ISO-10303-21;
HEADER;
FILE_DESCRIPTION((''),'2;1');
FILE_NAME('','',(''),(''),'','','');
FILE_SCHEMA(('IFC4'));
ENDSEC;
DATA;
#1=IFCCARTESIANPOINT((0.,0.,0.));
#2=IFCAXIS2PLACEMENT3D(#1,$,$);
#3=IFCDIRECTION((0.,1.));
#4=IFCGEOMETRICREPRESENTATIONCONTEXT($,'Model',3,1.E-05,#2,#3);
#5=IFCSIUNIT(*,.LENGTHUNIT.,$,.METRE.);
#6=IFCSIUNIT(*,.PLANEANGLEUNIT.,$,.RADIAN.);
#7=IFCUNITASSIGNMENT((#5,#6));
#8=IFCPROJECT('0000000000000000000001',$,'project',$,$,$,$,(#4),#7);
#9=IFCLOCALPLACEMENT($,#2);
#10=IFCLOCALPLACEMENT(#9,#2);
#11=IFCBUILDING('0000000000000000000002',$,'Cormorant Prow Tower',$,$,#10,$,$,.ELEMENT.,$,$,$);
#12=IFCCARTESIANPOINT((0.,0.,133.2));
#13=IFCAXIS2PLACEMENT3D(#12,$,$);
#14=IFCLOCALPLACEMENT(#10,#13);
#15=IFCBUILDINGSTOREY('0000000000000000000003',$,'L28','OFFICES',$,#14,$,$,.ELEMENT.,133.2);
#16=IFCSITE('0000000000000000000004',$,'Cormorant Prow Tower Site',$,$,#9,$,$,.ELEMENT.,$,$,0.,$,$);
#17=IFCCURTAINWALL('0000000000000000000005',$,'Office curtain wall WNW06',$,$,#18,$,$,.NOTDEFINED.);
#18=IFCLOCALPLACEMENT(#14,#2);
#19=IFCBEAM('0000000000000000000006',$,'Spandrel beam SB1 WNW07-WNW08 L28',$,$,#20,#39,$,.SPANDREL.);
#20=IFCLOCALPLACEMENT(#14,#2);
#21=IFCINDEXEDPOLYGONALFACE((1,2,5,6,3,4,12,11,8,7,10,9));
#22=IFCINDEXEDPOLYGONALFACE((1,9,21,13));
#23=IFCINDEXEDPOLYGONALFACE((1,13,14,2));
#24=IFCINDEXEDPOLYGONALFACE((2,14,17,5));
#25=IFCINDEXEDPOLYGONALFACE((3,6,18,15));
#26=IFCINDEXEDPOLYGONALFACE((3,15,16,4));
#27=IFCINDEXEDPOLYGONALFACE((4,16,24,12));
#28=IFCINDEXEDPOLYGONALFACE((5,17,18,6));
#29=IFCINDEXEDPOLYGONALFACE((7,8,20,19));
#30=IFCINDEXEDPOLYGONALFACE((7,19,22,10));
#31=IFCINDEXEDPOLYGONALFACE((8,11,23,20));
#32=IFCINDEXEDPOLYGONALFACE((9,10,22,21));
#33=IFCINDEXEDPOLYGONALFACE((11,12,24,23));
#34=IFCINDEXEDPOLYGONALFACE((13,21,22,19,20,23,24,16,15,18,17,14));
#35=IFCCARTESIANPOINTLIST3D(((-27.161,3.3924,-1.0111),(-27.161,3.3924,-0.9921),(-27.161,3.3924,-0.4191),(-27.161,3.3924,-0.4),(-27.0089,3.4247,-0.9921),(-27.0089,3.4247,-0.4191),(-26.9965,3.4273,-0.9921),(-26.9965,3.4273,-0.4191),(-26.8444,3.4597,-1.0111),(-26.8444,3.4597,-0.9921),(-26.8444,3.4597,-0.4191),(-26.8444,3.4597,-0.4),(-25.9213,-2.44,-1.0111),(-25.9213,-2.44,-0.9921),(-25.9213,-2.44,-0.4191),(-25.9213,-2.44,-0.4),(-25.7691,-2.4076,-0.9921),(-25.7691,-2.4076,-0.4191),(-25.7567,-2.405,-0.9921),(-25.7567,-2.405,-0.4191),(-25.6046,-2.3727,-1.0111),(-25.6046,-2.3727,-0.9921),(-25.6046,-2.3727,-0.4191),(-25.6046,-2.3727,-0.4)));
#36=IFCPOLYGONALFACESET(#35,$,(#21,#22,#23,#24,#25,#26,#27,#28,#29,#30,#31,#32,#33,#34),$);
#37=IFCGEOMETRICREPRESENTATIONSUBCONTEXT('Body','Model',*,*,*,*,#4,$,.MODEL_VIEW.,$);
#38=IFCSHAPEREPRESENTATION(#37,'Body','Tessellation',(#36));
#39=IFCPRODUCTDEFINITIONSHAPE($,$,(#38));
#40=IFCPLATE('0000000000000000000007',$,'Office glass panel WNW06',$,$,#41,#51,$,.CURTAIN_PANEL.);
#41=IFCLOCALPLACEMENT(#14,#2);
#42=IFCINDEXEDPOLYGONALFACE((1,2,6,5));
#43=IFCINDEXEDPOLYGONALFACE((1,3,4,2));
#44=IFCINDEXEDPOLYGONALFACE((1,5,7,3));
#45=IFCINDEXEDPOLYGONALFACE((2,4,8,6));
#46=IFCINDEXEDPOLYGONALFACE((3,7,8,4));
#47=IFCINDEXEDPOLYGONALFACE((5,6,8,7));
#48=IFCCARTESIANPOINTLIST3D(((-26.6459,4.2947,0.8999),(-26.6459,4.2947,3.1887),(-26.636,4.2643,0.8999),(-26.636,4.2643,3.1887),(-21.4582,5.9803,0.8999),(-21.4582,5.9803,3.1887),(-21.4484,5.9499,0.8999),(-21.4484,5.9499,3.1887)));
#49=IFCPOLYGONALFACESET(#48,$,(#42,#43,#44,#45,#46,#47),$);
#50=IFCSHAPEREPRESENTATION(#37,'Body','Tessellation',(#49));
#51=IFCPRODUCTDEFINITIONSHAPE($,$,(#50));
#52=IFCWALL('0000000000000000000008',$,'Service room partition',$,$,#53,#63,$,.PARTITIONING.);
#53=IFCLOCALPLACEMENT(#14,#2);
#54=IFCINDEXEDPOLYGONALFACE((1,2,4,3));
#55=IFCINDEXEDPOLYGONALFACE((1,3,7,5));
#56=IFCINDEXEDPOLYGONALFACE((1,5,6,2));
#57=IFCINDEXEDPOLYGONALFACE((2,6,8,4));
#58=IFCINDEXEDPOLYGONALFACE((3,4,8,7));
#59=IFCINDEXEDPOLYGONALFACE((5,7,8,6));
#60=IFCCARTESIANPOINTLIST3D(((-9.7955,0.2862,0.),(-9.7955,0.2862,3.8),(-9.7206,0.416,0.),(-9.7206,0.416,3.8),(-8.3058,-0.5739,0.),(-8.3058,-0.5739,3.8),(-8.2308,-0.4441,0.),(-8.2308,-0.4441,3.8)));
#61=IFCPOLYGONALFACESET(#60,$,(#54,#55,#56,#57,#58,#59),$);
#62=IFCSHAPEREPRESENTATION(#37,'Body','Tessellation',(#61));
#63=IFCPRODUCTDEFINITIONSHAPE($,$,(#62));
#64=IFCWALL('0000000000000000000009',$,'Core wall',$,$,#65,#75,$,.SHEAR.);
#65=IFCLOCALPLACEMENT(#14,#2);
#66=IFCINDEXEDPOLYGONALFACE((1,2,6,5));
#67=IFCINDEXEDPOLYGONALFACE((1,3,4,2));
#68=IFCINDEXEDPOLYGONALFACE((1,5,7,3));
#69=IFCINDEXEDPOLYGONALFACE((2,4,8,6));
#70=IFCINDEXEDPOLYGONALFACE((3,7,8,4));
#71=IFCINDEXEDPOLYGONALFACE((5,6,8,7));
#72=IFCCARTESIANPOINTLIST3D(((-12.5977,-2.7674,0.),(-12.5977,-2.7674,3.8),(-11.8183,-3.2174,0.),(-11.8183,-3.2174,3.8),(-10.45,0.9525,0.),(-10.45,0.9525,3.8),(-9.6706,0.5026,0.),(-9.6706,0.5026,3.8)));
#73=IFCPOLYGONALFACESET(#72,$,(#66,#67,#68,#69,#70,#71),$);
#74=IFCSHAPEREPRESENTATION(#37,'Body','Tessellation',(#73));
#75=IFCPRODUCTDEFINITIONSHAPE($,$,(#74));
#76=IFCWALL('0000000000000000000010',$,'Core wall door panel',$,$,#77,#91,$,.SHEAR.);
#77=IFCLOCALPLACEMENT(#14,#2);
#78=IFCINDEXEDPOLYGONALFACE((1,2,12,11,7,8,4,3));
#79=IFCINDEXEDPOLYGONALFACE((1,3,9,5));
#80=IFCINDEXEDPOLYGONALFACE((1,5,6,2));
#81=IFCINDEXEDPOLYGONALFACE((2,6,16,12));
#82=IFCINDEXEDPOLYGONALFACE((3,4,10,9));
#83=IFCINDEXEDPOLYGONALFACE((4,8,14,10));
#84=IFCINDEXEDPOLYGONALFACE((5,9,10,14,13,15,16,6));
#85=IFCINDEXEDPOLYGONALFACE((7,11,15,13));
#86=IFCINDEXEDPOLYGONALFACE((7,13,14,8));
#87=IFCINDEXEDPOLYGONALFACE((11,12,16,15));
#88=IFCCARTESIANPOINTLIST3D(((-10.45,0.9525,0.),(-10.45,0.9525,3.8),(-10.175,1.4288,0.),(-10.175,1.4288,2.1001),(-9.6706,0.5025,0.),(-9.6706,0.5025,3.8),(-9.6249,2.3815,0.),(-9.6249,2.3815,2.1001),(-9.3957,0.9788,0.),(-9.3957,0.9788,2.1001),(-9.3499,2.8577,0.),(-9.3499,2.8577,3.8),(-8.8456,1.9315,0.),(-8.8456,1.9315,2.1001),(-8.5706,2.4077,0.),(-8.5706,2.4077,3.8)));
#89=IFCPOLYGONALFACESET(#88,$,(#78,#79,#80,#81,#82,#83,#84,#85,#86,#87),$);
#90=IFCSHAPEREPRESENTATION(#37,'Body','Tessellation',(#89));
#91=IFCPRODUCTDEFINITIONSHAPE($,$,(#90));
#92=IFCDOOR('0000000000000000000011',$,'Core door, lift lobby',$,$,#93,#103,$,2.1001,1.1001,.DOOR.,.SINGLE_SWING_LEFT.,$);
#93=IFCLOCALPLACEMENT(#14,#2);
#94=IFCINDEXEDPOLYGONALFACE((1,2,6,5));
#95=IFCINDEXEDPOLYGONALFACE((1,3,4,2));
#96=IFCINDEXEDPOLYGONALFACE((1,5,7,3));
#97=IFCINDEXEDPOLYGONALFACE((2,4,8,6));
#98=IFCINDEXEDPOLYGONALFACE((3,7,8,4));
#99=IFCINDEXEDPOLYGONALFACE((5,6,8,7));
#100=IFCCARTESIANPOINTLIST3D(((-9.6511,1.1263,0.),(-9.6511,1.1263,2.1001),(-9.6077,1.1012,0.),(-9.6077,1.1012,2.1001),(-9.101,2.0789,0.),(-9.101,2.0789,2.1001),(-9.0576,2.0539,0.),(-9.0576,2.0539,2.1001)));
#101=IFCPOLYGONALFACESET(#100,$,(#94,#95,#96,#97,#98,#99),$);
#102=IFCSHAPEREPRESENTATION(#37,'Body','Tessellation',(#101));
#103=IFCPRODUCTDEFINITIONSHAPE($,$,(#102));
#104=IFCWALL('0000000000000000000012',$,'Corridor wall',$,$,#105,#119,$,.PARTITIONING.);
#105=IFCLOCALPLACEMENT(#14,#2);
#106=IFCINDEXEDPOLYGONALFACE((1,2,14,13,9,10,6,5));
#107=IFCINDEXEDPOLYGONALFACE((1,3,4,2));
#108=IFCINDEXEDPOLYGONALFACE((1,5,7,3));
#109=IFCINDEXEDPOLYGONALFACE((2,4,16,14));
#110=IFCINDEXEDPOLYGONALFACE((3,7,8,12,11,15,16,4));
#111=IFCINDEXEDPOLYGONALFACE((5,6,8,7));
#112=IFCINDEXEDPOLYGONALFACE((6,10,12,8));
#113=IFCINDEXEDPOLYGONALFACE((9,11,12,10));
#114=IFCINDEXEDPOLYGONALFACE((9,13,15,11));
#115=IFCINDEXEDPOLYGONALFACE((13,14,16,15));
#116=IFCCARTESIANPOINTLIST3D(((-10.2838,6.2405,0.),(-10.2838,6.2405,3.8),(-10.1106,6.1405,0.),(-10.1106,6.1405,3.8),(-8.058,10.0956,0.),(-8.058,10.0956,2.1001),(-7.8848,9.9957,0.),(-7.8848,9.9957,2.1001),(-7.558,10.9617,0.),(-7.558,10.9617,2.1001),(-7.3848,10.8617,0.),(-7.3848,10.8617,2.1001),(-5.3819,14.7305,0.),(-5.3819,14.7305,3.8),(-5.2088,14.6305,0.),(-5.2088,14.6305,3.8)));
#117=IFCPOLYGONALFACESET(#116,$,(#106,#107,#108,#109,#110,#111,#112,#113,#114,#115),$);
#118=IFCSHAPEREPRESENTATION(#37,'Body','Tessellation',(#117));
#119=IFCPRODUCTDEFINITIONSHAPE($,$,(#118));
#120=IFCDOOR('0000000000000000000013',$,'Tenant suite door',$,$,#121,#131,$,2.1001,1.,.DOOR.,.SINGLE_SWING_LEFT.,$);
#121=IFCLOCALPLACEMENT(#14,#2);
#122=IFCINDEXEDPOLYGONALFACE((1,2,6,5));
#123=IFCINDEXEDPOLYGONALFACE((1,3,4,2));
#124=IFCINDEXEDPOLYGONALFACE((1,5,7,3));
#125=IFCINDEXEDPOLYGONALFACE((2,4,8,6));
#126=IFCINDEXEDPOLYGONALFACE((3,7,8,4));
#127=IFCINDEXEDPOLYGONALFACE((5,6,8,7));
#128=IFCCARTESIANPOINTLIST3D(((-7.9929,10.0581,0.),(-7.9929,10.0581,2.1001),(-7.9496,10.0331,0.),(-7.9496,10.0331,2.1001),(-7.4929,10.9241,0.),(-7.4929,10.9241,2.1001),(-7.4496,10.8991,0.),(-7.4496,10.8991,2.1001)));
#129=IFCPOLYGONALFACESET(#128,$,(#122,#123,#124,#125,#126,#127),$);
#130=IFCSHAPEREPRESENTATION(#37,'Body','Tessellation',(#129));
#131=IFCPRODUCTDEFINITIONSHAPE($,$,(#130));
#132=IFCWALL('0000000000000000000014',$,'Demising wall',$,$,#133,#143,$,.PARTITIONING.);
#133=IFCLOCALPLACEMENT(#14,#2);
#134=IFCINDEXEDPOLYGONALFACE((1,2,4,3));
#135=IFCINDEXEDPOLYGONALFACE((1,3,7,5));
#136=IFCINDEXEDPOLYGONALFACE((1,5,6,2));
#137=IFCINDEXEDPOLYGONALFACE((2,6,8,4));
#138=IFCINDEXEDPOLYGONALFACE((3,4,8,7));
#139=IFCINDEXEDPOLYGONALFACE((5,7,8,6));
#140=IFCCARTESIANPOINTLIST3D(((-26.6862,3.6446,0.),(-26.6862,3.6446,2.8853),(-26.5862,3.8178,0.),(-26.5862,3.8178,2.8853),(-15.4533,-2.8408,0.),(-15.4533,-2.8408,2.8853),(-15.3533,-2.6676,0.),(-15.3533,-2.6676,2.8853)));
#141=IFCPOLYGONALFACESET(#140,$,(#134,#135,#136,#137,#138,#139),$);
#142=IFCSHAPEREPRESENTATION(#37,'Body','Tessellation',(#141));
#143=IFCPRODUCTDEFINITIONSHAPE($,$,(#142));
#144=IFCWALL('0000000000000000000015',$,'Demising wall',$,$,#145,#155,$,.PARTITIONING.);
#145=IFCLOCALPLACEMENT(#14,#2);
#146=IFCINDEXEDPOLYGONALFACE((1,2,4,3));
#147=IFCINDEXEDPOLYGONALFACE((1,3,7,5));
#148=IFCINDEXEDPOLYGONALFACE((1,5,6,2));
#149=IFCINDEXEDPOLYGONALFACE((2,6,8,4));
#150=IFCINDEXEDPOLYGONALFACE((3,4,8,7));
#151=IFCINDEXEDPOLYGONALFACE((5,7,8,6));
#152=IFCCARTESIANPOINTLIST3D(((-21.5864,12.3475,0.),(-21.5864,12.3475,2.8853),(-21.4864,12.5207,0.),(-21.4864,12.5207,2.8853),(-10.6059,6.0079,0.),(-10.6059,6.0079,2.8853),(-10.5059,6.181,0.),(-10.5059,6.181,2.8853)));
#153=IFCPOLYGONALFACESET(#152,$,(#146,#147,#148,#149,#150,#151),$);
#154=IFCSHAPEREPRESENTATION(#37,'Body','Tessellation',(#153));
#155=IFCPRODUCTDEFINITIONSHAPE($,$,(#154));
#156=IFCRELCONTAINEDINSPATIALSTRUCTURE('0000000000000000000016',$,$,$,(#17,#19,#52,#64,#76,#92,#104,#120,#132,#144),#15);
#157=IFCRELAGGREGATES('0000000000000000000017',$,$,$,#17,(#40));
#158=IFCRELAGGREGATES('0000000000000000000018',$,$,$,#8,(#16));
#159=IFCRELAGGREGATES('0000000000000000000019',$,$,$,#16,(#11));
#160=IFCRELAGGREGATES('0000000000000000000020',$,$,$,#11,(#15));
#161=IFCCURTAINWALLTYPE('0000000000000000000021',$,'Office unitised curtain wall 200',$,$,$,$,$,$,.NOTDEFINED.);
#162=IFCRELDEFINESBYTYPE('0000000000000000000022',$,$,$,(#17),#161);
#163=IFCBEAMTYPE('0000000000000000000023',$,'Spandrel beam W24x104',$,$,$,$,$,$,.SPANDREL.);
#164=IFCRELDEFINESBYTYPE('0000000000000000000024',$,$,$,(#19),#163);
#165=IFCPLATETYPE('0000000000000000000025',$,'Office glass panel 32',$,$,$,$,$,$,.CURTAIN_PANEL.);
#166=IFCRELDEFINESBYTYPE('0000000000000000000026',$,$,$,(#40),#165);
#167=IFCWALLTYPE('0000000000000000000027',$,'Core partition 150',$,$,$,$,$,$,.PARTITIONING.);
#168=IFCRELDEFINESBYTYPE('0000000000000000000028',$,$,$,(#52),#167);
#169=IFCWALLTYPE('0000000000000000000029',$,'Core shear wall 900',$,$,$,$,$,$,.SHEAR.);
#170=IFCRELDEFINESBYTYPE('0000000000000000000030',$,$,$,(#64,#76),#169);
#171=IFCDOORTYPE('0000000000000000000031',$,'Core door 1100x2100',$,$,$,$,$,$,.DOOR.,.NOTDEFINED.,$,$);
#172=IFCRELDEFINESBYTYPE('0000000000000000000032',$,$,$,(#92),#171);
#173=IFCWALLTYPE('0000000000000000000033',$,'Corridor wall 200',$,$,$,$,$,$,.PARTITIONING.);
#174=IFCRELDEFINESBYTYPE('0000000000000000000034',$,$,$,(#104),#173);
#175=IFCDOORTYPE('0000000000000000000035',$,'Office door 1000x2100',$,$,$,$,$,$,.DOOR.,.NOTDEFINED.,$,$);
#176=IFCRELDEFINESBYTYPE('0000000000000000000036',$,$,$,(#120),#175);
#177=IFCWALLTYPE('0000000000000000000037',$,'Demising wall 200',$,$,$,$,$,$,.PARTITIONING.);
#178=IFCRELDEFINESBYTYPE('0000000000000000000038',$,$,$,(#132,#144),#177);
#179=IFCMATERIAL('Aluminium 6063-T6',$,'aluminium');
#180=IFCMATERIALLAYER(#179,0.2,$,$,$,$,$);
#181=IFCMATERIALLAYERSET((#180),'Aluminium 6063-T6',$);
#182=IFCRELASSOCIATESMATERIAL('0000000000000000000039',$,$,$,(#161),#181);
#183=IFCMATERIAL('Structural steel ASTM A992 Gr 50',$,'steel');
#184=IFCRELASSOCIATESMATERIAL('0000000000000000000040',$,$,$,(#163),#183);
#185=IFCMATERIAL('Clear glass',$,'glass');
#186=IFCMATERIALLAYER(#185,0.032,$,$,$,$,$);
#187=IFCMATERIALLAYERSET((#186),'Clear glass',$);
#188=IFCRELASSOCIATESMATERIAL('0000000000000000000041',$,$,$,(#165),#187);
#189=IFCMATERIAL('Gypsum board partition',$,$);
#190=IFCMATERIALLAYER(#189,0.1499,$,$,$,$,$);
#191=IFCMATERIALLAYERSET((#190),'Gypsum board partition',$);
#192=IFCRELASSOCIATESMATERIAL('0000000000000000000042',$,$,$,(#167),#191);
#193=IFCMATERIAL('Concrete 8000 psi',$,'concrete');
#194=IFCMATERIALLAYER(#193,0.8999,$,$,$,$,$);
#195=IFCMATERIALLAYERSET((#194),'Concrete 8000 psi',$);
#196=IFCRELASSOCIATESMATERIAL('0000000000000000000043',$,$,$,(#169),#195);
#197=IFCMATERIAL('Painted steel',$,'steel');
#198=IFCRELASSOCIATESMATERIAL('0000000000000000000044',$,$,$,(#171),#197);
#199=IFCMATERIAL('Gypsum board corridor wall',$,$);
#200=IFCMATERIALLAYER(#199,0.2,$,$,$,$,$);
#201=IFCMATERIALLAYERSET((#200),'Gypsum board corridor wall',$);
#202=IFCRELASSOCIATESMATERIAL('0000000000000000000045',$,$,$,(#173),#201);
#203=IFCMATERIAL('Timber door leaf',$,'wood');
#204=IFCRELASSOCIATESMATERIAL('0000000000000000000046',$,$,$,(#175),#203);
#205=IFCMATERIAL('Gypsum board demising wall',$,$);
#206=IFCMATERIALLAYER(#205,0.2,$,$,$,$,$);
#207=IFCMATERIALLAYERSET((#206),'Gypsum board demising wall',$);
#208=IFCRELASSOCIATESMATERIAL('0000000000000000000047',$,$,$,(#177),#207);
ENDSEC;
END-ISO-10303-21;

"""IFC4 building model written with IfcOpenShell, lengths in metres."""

from ifc_helpers import new_model, si_unit, direction, frame, frame_2d, origin, origin_2d, place, context, subcontext, project, spatial, rectangle, i_section, extrude, material, layer, layer_set, material_profile, profile_set, type_object, element, fill, aggregate, save


model = new_model("IFC4")

# Units and contexts
model_context = context("Model", 3, precision=1e-05, world=origin(), true_north=direction((0.0, 1.0)))
body_context = subcontext(model_context, "Body", "Model", "MODEL_VIEW")
ifc_project = project(units=[si_unit("LENGTHUNIT", "METRE"), si_unit("PLANEANGLEUNIT", "RADIAN")], contexts=[model_context])

# Site, building, storey
site_placement = place(None, origin())
site = spatial("IfcSite", under=ifc_project, at=site_placement, Name="Cormorant Prow Tower Site", CompositionType="ELEMENT", RefElevation=0.0)
building_placement = place(site_placement, origin())
building = spatial("IfcBuilding", under=site, at=building_placement, Name="Cormorant Prow Tower", CompositionType="ELEMENT")
storey_placement = place(building_placement, frame((0.0, 0.0, 133.2)))
storey = spatial("IfcBuildingStorey", under=building, at=storey_placement, Name="L28", Description="OFFICES", CompositionType="ELEMENT", Elevation=133.2)

# Curtain wall
ifc_material_1 = material(Name="Aluminium 6063-T6", Category="aluminium")
ifc_layer_1 = layer(ifc_material_1, 0.2)
ifc_layer_set_1 = layer_set([ifc_layer_1], Name="Aluminium 6063-T6")
curtain_wall_type = type_object("IfcCurtainWallType", Name="Office unitised curtain wall 200", PredefinedType="NOTDEFINED", material=ifc_layer_set_1)
curtain_wall_placement = place(storey_placement, origin())
curtain_wall = element("IfcCurtainWall", 1, at=curtain_wall_placement, inside=storey, type_object=curtain_wall_type, Name="Office curtain wall WNW06", PredefinedType="NOTDEFINED")

# Beam
ifc_material_2 = material(Name="Structural steel ASTM A992 Gr 50", Category="steel")
ifc_material_profile_1 = material_profile(ifc_material_2, i_section(OverallWidth=0.3237, OverallDepth=0.6111, WebThickness=0.0127, FlangeThickness=0.019, at=origin_2d()), Name="W24x104")
ifc_profile_set_1 = profile_set([ifc_material_profile_1], Name="Structural steel ASTM A992 Gr 50")
beam_type_1 = type_object("IfcBeamType", Name="Spandrel beam W24x104", PredefinedType="SPANDREL", material=ifc_profile_set_1)
beam_1_placement = place(storey_placement, frame((-27.0027, 3.426, -0.7056), z_axis=(0.207921, -0.978146, 0.0), x_axis=(0.978146, 0.207921, 0.0)))
element("IfcBeam", 2, at=beam_1_placement, inside=storey, type_object=beam_type_1, Name="Spandrel beam SB1 WNW07-WNW08 L28", PredefinedType="SPANDREL", context=body_context, shape_type="SweptSolid", body=[
    extrude(i_section(OverallWidth=0.3237, OverallDepth=0.6111, WebThickness=0.0127, FlangeThickness=0.019, at=origin_2d()), origin(), (0.0, 0.0, 1.0), 5.9626),
])

# Plate
ifc_material_3 = material(Name="Clear glass", Category="glass")
ifc_layer_2 = layer(ifc_material_3, 0.032)
ifc_layer_set_2 = layer_set([ifc_layer_2], Name="Clear glass")
plate_type = type_object("IfcPlateType", Name="Office glass panel 32", PredefinedType="CURTAIN_PANEL", material=ifc_layer_set_2)
plate_placement = place(storey_placement, frame((-24.0471, 5.1223, 0.8999), z_axis=(0.0, 0.0, 1.0), x_axis=(-0.951056, -0.309017, 0.0)))
plate = element("IfcPlate", 3, at=plate_placement, type_object=plate_type, Name="Office glass panel WNW06", PredefinedType="CURTAIN_PANEL", context=body_context, shape_type="SweptSolid", body=[
    extrude(rectangle(XDim=5.4546, YDim=0.032, at=origin_2d()), origin(), (0.0, 0.0, 1.0), 2.2888),
])
aggregate(curtain_wall, [plate])

# Walls
ifc_material_4 = material(Name="Gypsum board partition")
ifc_layer_3 = layer(ifc_material_4, 0.1499)
ifc_layer_set_3 = layer_set([ifc_layer_3], Name="Gypsum board partition")
wall_type_1 = type_object("IfcWallType", Name="Core partition 150", PredefinedType="PARTITIONING", material=ifc_layer_set_3)
wall_1_placement = place(storey_placement, frame((-8.2683, -0.509, 0.0), z_axis=(0.0, 0.0, 1.0), x_axis=(-0.866025, 0.500001, 0.0)))
element("IfcWall", 4, at=wall_1_placement, inside=storey, type_object=wall_type_1, Name="Service room partition", PredefinedType="PARTITIONING", context=body_context, shape_type="SweptSolid", body=[
    extrude(rectangle(XDim=1.7202, YDim=0.1499, at=frame_2d((0.8601, 0.0))), origin(), (0.0, 0.0, 1.0), 3.8),
])
ifc_material_5 = material(Name="Concrete 8000 psi", Category="concrete")
ifc_layer_4 = layer(ifc_material_5, 0.8999)
ifc_layer_set_4 = layer_set([ifc_layer_4], Name="Concrete 8000 psi")
wall_type_2 = type_object("IfcWallType", Name="Core shear wall 900", PredefinedType="SHEAR", material=ifc_layer_set_4)
wall_2_placement = place(storey_placement, frame((-10.0603, 0.7275, 0.0), z_axis=(0.0, 0.0, 1.0), x_axis=(-0.499996, -0.866028, 0.0)))
element("IfcWall", 5, at=wall_2_placement, inside=storey, type_object=wall_type_2, Name="Core wall", PredefinedType="SHEAR", context=body_context, shape_type="SweptSolid", body=[
    extrude(rectangle(XDim=4.2954, YDim=0.8999, at=frame_2d((2.1477, 0.0))), origin(), (0.0, 0.0, 1.0), 3.8),
])

# Walls, openings, doors
wall_3_placement = place(storey_placement, frame((-8.9602, 2.6328, 0.0), z_axis=(0.0, 0.0, 1.0), x_axis=(-0.50003, -0.866008, 0.0)))
wall_3 = element("IfcWall", 6, at=wall_3_placement, inside=storey, type_object=wall_type_2, Name="Core wall door panel", PredefinedType="SHEAR", context=body_context, shape_type="SweptSolid", body=[
    extrude(rectangle(XDim=2.2, YDim=0.8999, at=frame_2d((1.1001, 0.0))), origin(), (0.0, 0.0, 1.0), 3.8),
])
opening_1_placement = place(wall_3_placement, frame((0.55, 0.0, 0.0)))
opening_1 = element("IfcOpeningElement", 7, at=opening_1_placement, cuts=wall_3, PredefinedType="OPENING", context=body_context, shape_type="SweptSolid", body=[
    extrude(rectangle(XDim=1.1001, YDim=2.1001, at=frame_2d((0.55, 1.05))), frame((0.0, 0.46, 0.0), z_axis=(0.0, -1.0, 0.0), x_axis=(1.0, 0.0, 0.0)), (0.0, 0.0, 1.0), 0.9199),
])
ifc_material_6 = material(Name="Painted steel", Category="steel")
door_type_1 = type_object("IfcDoorType", Name="Core door 1100x2100", OperationType="NOTDEFINED", PredefinedType="DOOR", material=ifc_material_6)
door_1_placement = place(opening_1_placement, origin())
door_1 = element("IfcDoor", 8, at=door_1_placement, inside=storey, type_object=door_type_1, Name="Core door, lift lobby", OperationType="SINGLE_SWING_LEFT", OverallHeight=2.1001, OverallWidth=1.1001, PredefinedType="DOOR", context=body_context, shape_type="SweptSolid", body=[
    extrude(rectangle(XDim=1.1001, YDim=2.1001, at=frame_2d((0.55, 1.05))), frame((0.0, 0.2051, 0.0), z_axis=(0.0, -1.0, 0.0), x_axis=(1.0, 0.0, 0.0)), (0.0, 0.0, 1.0), 0.05),
])
fill(opening_1, door_1)
ifc_material_7 = material(Name="Gypsum board corridor wall")
ifc_layer_5 = layer(ifc_material_7, 0.2)
ifc_layer_set_5 = layer_set([ifc_layer_5], Name="Gypsum board corridor wall")
wall_type_3 = type_object("IfcWallType", Name="Corridor wall 200", PredefinedType="PARTITIONING", material=ifc_layer_set_5)
wall_4_placement = place(storey_placement, frame((-10.1973, 6.1904, 0.0), z_axis=(0.0, 0.0, 1.0), x_axis=(0.500012, 0.866018, 0.0)))
wall_4 = element("IfcWall", 9, at=wall_4_placement, inside=storey, type_object=wall_type_3, Name="Corridor wall", PredefinedType="PARTITIONING", context=body_context, shape_type="SweptSolid", body=[
    extrude(rectangle(XDim=9.8035, YDim=0.2, at=frame_2d((4.9019, 0.0))), origin(), (0.0, 0.0, 1.0), 3.8),
])
opening_2_placement = place(wall_4_placement, frame((4.4517, 0.0, 0.0)))
opening_2 = element("IfcOpeningElement", 10, at=opening_2_placement, cuts=wall_4, PredefinedType="OPENING", context=body_context, shape_type="SweptSolid", body=[
    extrude(rectangle(XDim=1.0, YDim=2.1001, at=frame_2d((0.5, 1.05))), frame((0.0, 0.1099, 0.0), z_axis=(0.0, -1.0, 0.0), x_axis=(1.0, 0.0, 0.0)), (0.0, 0.0, 1.0), 0.22),
])
ifc_material_8 = material(Name="Timber door leaf", Category="wood")
door_type_2 = type_object("IfcDoorType", Name="Office door 1000x2100", OperationType="NOTDEFINED", PredefinedType="DOOR", material=ifc_material_8)
door_2_placement = place(opening_2_placement, origin())
door_2 = element("IfcDoor", 11, at=door_2_placement, inside=storey, type_object=door_type_2, Name="Tenant suite door", OperationType="SINGLE_SWING_LEFT", OverallHeight=2.1001, OverallWidth=1.0, PredefinedType="DOOR", context=body_context, shape_type="SweptSolid", body=[
    extrude(rectangle(XDim=1.0, YDim=2.1001, at=frame_2d((0.5, 1.05))), frame((0.0, 0.0249, 0.0), z_axis=(0.0, -1.0, 0.0), x_axis=(1.0, 0.0, 0.0)), (0.0, 0.0, 1.0), 0.05),
])
fill(opening_2, door_2)

# Walls
ifc_material_9 = material(Name="Gypsum board demising wall")
ifc_layer_6 = layer(ifc_material_9, 0.2)
ifc_layer_set_6 = layer_set([ifc_layer_6], Name="Gypsum board demising wall")
wall_type_4 = type_object("IfcWallType", Name="Demising wall 200", PredefinedType="PARTITIONING", material=ifc_layer_set_6)
wall_5_placement = place(storey_placement, frame((-26.6362, 3.7312, 0.0), z_axis=(0.0, 0.0, 1.0), x_axis=(0.866024, -0.500002, 0.0)))
element("IfcWall", 12, at=wall_5_placement, inside=storey, type_object=wall_type_4, Name="Demising wall", PredefinedType="PARTITIONING", context=body_context, shape_type="SweptSolid", body=[
    extrude(rectangle(XDim=12.9707, YDim=0.2, at=frame_2d((6.4854, 0.0))), origin(), (0.0, 0.0, 1.0), 2.8853),
])
wall_6_placement = place(storey_placement, frame((-21.5364, 12.4341, 0.0), z_axis=(0.0, 0.0, 1.0), x_axis=(0.866025, -0.500001, 0.0)))
element("IfcWall", 13, at=wall_6_placement, inside=storey, type_object=wall_type_4, Name="Demising wall", PredefinedType="PARTITIONING", context=body_context, shape_type="SweptSolid", body=[
    extrude(rectangle(XDim=12.6792, YDim=0.2, at=frame_2d((6.3396, 0.0))), origin(), (0.0, 0.0, 1.0), 2.8853),
])

save(model, "model.ifc")
